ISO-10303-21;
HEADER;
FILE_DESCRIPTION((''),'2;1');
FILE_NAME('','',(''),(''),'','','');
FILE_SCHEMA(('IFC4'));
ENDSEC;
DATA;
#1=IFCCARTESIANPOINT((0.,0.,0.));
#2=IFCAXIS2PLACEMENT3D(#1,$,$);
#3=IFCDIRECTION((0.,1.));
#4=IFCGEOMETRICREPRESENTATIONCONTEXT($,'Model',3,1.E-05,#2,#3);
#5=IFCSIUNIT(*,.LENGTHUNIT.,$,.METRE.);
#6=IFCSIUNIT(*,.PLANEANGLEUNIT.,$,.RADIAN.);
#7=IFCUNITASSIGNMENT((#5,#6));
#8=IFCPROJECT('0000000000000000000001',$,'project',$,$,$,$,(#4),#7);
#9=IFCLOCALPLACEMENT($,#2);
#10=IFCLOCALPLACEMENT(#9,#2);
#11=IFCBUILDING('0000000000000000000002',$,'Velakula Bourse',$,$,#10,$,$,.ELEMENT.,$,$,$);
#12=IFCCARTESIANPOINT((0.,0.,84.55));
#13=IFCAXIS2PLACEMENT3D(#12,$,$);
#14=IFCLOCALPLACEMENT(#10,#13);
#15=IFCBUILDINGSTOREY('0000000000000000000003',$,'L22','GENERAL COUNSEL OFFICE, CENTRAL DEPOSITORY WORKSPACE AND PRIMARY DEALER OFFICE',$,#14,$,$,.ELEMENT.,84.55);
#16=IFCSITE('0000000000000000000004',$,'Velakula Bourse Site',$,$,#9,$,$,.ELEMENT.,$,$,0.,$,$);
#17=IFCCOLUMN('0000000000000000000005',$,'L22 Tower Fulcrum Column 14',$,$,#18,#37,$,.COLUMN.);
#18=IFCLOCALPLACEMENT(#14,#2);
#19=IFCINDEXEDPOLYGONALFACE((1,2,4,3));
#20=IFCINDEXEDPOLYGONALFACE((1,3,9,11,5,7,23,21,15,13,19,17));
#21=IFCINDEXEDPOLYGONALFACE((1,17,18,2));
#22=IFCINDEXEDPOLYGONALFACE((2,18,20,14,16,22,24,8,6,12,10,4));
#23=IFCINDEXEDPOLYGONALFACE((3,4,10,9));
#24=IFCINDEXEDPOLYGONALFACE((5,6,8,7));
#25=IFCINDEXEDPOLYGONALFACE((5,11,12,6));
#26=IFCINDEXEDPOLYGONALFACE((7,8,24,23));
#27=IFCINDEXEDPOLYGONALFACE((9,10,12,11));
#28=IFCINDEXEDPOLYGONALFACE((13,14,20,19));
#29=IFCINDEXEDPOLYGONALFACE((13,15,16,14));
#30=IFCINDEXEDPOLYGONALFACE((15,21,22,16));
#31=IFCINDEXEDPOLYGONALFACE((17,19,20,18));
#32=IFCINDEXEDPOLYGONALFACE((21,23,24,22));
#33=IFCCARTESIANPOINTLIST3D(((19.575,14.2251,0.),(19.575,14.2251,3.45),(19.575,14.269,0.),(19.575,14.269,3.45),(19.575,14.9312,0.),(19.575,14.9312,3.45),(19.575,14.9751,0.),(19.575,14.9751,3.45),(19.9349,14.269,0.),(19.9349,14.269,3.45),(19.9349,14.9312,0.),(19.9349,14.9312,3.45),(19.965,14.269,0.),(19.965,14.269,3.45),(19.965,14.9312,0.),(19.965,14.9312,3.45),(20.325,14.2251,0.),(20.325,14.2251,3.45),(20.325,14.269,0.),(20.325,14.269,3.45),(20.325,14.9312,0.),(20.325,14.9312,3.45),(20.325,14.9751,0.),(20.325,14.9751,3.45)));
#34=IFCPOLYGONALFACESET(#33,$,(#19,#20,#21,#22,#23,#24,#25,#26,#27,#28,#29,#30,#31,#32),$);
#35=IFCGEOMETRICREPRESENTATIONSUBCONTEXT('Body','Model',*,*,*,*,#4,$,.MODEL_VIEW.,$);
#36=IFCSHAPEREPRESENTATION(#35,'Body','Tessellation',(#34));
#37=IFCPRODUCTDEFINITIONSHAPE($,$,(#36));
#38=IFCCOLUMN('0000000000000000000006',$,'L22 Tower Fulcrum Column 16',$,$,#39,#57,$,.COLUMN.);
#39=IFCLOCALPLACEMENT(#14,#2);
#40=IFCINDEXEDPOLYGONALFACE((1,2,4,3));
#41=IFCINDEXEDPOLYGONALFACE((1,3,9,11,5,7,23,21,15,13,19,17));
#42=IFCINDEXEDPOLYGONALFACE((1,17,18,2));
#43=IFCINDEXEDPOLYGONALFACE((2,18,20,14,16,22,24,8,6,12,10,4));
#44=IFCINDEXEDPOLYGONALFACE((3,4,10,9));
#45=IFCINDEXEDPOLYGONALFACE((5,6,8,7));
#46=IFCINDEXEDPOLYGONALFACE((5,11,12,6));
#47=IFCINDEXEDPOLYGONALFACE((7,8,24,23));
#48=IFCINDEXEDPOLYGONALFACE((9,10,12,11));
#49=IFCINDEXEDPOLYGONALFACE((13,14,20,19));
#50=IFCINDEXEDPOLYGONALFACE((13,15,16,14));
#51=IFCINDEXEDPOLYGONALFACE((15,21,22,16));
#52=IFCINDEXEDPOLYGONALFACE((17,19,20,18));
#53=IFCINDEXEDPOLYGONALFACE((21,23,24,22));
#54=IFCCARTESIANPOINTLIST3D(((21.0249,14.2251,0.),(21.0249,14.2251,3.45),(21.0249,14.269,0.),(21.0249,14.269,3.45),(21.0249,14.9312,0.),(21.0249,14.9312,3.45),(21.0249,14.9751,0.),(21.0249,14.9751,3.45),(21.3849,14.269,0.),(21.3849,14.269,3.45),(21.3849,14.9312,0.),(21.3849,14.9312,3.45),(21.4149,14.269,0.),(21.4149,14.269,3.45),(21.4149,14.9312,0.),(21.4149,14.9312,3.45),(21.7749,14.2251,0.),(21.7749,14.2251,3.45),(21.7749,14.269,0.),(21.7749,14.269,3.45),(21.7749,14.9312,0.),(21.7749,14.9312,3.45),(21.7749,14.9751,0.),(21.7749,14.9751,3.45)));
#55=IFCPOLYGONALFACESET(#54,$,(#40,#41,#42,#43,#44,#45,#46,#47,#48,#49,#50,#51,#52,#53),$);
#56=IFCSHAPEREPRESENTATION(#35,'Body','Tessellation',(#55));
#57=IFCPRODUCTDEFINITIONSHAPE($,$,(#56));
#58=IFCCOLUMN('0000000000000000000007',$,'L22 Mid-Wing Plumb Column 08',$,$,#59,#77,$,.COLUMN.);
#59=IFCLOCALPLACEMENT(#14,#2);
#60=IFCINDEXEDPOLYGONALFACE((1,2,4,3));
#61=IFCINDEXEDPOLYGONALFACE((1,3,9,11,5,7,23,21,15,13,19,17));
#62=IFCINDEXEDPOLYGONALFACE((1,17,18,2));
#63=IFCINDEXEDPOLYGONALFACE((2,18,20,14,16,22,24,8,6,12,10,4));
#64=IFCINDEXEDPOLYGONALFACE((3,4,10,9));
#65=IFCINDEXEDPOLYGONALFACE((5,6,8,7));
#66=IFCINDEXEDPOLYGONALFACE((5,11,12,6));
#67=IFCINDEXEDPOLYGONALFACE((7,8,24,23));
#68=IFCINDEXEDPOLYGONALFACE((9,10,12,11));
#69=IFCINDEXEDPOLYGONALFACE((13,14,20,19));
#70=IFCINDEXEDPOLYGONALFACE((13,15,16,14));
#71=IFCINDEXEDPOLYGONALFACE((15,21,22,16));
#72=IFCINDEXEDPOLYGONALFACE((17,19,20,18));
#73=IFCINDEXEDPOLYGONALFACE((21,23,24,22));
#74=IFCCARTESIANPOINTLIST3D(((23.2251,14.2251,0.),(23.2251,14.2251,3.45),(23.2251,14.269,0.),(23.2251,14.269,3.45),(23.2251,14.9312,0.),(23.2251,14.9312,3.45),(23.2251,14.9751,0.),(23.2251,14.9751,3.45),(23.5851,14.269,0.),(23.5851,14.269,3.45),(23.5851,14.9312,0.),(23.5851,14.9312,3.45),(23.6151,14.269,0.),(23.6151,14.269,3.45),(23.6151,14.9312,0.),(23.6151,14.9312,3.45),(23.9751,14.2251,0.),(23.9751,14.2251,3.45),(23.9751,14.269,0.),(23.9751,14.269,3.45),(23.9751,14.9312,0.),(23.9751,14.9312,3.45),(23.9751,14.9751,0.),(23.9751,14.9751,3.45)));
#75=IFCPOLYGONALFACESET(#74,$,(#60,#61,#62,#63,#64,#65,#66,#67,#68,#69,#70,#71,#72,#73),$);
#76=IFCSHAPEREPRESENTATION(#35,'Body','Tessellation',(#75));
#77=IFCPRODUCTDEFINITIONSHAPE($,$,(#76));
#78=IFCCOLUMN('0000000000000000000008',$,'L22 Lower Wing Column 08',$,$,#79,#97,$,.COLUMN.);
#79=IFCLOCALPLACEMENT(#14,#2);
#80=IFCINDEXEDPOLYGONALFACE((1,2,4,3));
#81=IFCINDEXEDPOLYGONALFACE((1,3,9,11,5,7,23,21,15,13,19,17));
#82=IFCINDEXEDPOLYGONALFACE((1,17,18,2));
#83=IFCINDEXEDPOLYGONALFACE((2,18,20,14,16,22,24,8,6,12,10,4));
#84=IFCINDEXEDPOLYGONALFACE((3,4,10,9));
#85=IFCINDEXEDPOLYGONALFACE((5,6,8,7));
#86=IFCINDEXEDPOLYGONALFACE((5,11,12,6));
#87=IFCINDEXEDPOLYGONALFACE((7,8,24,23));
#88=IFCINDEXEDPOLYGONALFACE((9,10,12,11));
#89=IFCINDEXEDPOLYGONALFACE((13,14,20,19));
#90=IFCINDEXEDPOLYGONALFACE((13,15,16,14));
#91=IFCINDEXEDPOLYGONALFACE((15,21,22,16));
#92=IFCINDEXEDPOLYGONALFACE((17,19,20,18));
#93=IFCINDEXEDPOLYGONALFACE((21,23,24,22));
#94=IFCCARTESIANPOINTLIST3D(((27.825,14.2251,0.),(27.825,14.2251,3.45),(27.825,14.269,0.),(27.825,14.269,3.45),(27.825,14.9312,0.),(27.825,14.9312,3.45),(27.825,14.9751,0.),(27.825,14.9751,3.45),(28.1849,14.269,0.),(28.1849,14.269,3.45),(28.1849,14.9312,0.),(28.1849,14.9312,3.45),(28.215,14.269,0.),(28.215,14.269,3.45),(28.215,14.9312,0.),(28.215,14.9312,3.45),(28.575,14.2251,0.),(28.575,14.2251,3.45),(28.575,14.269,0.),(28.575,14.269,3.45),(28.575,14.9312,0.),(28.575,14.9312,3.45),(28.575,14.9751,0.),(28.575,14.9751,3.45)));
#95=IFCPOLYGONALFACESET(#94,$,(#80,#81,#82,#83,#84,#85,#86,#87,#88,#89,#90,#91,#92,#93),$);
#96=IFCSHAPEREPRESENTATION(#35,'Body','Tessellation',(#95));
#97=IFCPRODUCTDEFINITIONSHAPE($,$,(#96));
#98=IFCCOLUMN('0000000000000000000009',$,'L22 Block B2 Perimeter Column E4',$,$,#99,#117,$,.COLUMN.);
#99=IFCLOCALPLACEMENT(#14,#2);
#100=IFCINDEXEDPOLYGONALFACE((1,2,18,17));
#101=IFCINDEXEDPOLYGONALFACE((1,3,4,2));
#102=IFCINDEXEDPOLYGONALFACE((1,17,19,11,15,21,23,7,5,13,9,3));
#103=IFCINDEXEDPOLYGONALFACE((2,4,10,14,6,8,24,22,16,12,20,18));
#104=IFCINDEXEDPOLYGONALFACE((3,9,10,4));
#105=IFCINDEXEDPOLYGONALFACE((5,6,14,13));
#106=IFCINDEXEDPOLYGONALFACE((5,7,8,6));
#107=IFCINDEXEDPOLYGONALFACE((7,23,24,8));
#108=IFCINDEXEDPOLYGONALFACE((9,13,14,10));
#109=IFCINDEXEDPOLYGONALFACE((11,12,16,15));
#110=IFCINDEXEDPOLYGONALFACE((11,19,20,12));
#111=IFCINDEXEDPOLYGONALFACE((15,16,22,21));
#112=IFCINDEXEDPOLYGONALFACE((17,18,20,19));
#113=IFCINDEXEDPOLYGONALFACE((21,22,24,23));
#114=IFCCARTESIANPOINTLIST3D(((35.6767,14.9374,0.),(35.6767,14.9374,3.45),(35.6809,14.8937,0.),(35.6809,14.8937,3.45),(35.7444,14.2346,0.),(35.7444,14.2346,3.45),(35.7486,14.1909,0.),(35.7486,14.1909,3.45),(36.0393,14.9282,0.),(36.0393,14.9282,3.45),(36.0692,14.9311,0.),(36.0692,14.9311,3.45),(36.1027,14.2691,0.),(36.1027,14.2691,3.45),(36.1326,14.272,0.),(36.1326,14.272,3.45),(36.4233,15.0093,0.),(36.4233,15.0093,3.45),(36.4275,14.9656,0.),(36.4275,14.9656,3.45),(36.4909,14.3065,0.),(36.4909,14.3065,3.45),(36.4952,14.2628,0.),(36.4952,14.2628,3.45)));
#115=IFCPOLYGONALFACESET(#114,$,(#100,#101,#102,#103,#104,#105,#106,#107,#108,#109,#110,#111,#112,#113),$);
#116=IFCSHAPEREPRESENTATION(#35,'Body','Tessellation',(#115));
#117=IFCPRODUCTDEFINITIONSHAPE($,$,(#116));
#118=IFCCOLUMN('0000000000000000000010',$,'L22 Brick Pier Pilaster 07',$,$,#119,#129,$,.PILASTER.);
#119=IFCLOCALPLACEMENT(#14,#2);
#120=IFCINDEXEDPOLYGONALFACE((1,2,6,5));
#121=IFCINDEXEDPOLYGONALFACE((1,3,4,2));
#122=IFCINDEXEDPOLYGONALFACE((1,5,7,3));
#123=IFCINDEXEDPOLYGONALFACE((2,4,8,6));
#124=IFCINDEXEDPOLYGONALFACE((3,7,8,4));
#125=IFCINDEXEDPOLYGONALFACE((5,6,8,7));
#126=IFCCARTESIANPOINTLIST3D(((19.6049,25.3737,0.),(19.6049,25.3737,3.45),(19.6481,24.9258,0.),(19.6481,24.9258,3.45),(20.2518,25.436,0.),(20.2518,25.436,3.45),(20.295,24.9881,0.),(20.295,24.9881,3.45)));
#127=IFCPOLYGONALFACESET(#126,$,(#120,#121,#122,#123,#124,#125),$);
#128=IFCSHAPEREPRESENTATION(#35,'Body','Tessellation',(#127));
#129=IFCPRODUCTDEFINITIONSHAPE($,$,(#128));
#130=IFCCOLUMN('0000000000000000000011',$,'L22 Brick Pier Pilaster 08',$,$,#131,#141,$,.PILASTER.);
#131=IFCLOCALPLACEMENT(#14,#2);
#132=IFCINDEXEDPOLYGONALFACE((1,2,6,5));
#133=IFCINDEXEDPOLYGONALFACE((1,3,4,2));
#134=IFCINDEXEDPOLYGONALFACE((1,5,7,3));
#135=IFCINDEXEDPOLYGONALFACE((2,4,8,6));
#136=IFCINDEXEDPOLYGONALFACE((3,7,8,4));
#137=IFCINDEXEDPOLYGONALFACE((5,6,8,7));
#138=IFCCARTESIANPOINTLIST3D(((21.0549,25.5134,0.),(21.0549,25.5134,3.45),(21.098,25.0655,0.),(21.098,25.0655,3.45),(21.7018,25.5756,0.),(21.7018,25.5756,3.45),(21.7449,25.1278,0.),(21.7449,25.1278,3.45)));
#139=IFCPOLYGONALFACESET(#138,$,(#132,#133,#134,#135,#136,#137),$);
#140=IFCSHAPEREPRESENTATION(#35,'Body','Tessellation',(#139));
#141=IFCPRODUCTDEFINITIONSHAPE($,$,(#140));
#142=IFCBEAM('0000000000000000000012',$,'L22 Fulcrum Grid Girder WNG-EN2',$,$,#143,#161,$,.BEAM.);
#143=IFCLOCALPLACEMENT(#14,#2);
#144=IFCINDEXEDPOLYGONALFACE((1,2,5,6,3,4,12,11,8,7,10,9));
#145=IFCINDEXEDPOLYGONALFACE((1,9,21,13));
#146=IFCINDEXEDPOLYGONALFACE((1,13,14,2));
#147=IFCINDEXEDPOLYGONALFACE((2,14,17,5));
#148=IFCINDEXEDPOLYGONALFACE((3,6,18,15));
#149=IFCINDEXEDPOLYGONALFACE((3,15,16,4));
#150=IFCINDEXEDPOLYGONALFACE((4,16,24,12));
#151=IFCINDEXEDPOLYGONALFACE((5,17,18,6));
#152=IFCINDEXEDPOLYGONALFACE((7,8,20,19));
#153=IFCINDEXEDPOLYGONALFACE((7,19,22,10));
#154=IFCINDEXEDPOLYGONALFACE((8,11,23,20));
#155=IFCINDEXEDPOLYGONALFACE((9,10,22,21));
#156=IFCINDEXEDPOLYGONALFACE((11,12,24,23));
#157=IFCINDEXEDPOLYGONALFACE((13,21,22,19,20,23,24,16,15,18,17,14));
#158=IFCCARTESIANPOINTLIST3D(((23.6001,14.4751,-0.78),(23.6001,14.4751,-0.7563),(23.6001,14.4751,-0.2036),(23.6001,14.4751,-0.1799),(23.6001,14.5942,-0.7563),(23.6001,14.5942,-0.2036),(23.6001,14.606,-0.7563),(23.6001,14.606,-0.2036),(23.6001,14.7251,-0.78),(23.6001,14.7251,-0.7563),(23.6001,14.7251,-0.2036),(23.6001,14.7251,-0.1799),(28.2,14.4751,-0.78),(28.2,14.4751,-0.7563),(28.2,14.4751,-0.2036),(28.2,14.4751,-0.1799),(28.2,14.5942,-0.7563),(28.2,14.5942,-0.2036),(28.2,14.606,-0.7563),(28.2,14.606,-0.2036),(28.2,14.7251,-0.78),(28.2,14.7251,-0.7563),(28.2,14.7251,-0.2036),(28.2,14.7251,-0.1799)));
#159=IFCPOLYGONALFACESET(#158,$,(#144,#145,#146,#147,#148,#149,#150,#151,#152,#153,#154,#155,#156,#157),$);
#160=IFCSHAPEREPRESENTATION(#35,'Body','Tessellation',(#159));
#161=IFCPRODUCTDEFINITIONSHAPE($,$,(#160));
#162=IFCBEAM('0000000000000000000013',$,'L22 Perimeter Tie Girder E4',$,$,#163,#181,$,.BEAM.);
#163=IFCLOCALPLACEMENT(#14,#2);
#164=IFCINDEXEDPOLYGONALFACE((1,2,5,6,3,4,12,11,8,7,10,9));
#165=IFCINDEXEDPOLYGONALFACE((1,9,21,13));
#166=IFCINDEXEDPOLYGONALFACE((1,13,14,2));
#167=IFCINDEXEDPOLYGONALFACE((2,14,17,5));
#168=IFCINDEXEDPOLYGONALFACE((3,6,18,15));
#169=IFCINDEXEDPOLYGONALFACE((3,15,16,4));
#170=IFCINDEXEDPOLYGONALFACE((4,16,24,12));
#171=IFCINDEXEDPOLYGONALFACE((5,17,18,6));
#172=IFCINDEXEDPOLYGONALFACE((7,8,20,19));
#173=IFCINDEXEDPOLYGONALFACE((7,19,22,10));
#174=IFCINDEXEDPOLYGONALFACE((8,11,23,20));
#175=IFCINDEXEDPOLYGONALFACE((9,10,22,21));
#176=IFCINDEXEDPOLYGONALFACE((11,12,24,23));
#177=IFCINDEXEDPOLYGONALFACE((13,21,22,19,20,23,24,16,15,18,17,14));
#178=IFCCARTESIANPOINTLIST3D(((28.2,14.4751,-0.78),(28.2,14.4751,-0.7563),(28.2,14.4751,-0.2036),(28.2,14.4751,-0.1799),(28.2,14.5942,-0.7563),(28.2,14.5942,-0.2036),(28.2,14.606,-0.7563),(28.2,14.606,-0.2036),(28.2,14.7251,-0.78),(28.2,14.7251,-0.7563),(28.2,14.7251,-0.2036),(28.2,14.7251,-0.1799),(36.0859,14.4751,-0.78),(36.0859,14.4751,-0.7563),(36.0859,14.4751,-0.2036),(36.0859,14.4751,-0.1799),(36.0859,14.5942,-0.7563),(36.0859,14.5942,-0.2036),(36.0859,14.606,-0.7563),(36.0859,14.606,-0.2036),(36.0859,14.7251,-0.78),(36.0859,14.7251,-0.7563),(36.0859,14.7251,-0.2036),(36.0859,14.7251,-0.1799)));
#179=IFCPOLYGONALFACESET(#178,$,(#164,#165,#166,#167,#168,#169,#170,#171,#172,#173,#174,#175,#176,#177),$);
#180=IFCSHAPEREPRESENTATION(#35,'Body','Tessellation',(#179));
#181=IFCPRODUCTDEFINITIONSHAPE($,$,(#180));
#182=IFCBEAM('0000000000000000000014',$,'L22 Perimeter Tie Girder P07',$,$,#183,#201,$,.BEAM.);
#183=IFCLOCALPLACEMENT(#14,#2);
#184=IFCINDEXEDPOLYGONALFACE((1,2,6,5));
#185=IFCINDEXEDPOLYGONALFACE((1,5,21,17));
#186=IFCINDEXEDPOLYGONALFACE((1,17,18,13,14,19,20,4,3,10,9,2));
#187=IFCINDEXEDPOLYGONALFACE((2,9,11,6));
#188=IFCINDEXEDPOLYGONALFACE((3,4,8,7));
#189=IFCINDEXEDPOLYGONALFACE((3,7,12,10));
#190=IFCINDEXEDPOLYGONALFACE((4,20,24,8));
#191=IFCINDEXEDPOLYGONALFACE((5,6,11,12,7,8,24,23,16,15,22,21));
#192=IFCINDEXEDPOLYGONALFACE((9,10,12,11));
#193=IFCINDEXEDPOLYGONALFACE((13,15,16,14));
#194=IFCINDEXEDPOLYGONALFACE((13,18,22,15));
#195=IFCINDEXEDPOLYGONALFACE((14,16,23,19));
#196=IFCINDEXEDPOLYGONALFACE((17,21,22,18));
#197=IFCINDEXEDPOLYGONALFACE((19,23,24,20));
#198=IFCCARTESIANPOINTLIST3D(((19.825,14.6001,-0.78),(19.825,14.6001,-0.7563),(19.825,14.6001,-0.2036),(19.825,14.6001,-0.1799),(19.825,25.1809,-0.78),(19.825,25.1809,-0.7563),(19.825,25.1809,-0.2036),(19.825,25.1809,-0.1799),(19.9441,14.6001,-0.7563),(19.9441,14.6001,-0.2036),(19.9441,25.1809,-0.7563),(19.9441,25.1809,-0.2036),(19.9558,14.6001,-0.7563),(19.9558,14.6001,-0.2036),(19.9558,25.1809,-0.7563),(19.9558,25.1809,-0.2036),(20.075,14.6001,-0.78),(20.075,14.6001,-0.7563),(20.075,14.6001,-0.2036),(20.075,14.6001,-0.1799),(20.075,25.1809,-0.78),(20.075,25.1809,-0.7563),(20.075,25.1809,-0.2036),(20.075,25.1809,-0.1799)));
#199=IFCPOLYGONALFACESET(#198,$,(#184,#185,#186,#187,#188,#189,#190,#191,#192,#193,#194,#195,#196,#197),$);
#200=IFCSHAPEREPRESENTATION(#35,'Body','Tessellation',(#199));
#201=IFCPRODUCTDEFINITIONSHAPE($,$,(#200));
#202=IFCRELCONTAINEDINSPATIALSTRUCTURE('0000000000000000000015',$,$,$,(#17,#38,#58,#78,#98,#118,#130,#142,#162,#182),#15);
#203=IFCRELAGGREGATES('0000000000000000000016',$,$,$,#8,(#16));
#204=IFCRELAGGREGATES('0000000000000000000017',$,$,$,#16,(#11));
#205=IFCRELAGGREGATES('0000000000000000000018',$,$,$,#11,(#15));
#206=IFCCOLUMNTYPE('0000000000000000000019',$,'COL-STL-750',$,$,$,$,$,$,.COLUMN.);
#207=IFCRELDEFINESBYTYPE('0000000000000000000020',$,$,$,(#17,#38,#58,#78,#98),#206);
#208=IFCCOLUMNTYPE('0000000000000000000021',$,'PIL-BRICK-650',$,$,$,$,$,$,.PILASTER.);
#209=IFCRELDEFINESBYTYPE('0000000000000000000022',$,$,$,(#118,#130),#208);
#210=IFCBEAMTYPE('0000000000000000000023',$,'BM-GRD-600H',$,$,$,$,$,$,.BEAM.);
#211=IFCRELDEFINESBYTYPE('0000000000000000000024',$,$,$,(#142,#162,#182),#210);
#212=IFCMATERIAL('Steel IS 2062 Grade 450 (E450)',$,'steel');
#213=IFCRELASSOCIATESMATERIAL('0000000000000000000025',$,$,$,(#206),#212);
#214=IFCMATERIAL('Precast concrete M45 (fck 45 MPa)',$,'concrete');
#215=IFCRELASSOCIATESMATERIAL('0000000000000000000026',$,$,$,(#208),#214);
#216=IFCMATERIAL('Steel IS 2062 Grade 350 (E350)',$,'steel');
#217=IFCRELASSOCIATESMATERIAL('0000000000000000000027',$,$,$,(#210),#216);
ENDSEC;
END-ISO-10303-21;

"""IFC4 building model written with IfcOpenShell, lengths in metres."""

from ifc_helpers import new_model, si_unit, direction, frame, origin, origin_2d, place, context, subcontext, project, spatial, rectangle, i_section, extrude, material, material_profile, profile_set, type_object, element, save


model = new_model("IFC4")

# Units and contexts
model_context = context("Model", 3, precision=1e-05, world=origin(), true_north=direction((0.0, 1.0)))
body_context = subcontext(model_context, "Body", "Model", "MODEL_VIEW")
ifc_project = project(units=[si_unit("LENGTHUNIT", "METRE"), si_unit("PLANEANGLEUNIT", "RADIAN")], contexts=[model_context])

# Site, building, storey
site_placement = place(None, origin())
site = spatial("IfcSite", under=ifc_project, at=site_placement, Name="Velakula Bourse Site", CompositionType="ELEMENT", RefElevation=0.0)
building_placement = place(site_placement, origin())
building = spatial("IfcBuilding", under=site, at=building_placement, Name="Velakula Bourse", CompositionType="ELEMENT")
storey_placement = place(building_placement, frame((0.0, 0.0, 84.55)))
storey = spatial("IfcBuildingStorey", under=building, at=storey_placement, Name="L22", Description="GENERAL COUNSEL OFFICE, CENTRAL DEPOSITORY WORKSPACE AND PRIMARY DEALER OFFICE", CompositionType="ELEMENT", Elevation=84.55)

# Columns
ifc_material_1 = material(Name="Steel IS 2062 Grade 450 (E450)", Category="steel")
ifc_material_profile_1 = material_profile(ifc_material_1, i_section(OverallWidth=0.75, OverallDepth=0.75, WebThickness=0.03, FlangeThickness=0.0439, at=origin_2d()), Name="Steel IS 2062 Grade 450 (E450)")
ifc_profile_set_1 = profile_set([ifc_material_profile_1], Name="Steel IS 2062 Grade 450 (E450)")
column_type_1 = type_object("IfcColumnType", Name="COL-STL-750", PredefinedType="COLUMN", material=ifc_profile_set_1)
for number, where, z_axis, x_axis, name in (
    (1, (19.95, 14.6001, 0.0), (0.0, 0.0, 1.0), (1.0, 0.0, 0.0), "L22 Tower Fulcrum Column 14"),
    (2, (21.3999, 14.6001, 0.0), (0.0, 0.0, 1.0), (1.0, 0.0, 0.0), "L22 Tower Fulcrum Column 16"),
    (3, (23.6001, 14.6001, 0.0), (0.0, 0.0, 1.0), (1.0, 0.0, 0.0), "L22 Mid-Wing Plumb Column 08"),
    (4, (28.2, 14.6001, 0.0), (0.0, 0.0, 1.0), (1.0, 0.0, 0.0), "L22 Lower Wing Column 08"),
    (5, (36.0859, 14.6001, 0.0), (0.0, 0.0, 1.0), (0.995396, 0.095846, 0.0), "L22 Block B2 Perimeter Column E4"),
):
    element("IfcColumn", number, at=place(storey_placement, frame(where, z_axis=z_axis, x_axis=x_axis)), inside=storey, type_object=column_type_1, Name=name, PredefinedType="COLUMN", context=body_context, shape_type="SweptSolid", body=[
        extrude(i_section(OverallWidth=0.75, OverallDepth=0.75, WebThickness=0.03, FlangeThickness=0.0439, at=origin_2d()), origin(), (0.0, 0.0, 1.0), 3.45),
    ])
ifc_material_2 = material(Name="Precast concrete M45 (fck 45 MPa)", Category="concrete")
ifc_material_profile_2 = material_profile(ifc_material_2, rectangle(XDim=0.6499, YDim=0.45, at=origin_2d()), Name="Precast concrete M45 (fck 45 MPa)")
ifc_profile_set_2 = profile_set([ifc_material_profile_2], Name="Precast concrete M45 (fck 45 MPa)")
column_type_2 = type_object("IfcColumnType", Name="PIL-BRICK-650", PredefinedType="PILASTER", material=ifc_profile_set_2)
for number, where, z_axis, x_axis, name in (
    (6, (19.95, 25.1809, 0.0), (0.0, 0.0, 1.0), (0.995396, 0.095846, 0.0), "L22 Brick Pier Pilaster 07"),
    (7, (21.3999, 25.3206, 0.0), (0.0, 0.0, 1.0), (0.995396, 0.095846, 0.0), "L22 Brick Pier Pilaster 08"),
):
    element("IfcColumn", number, at=place(storey_placement, frame(where, z_axis=z_axis, x_axis=x_axis)), inside=storey, type_object=column_type_2, Name=name, PredefinedType="PILASTER", context=body_context, shape_type="SweptSolid", body=[
        extrude(rectangle(XDim=0.6499, YDim=0.45, at=origin_2d()), origin(), (0.0, 0.0, 1.0), 3.45),
    ])

# Beams
ifc_material_3 = material(Name="Steel IS 2062 Grade 350 (E350)", Category="steel")
ifc_material_profile_3 = material_profile(ifc_material_3, i_section(OverallWidth=0.25, OverallDepth=0.6001, WebThickness=0.0117, FlangeThickness=0.0237, at=origin_2d()), Name="Steel IS 2062 Grade 350 (E350)")
ifc_profile_set_3 = profile_set([ifc_material_profile_3], Name="Steel IS 2062 Grade 350 (E350)")
beam_type_1 = type_object("IfcBeamType", Name="BM-GRD-600H", PredefinedType="BEAM", material=ifc_profile_set_3)
beam_1_placement = place(storey_placement, frame((23.6001, 14.6001, -0.48), z_axis=(1.0, 0.0, 0.0), x_axis=(0.0, 1.0, 0.0)))
element("IfcBeam", 8, at=beam_1_placement, inside=storey, type_object=beam_type_1, Name="L22 Fulcrum Grid Girder WNG-EN2", PredefinedType="BEAM", context=body_context, shape_type="SweptSolid", body=[
    extrude(i_section(OverallWidth=0.25, OverallDepth=0.6001, WebThickness=0.0117, FlangeThickness=0.0237, at=origin_2d()), origin(), (0.0, 0.0, 1.0), 4.5999),
])
beam_2_placement = place(storey_placement, frame((28.2, 14.6001, -0.48), z_axis=(1.0, 0.0, 0.0), x_axis=(0.0, 1.0, 0.0)))
element("IfcBeam", 9, at=beam_2_placement, inside=storey, type_object=beam_type_1, Name="L22 Perimeter Tie Girder E4", PredefinedType="BEAM", context=body_context, shape_type="SweptSolid", body=[
    extrude(i_section(OverallWidth=0.25, OverallDepth=0.6001, WebThickness=0.0117, FlangeThickness=0.0237, at=origin_2d()), origin(), (0.0, 0.0, 1.0), 7.886),
])
beam_3_placement = place(storey_placement, frame((19.95, 14.6001, -0.48), z_axis=(0.0, 1.0, 0.0), x_axis=(-1.0, 0.0, 0.0)))
element("IfcBeam", 10, at=beam_3_placement, inside=storey, type_object=beam_type_1, Name="L22 Perimeter Tie Girder P07", PredefinedType="BEAM", context=body_context, shape_type="SweptSolid", body=[
    extrude(i_section(OverallWidth=0.25, OverallDepth=0.6001, WebThickness=0.0117, FlangeThickness=0.0237, at=origin_2d()), origin(), (0.0, 0.0, 1.0), 10.5808),
])

save(model, "model.ifc")
